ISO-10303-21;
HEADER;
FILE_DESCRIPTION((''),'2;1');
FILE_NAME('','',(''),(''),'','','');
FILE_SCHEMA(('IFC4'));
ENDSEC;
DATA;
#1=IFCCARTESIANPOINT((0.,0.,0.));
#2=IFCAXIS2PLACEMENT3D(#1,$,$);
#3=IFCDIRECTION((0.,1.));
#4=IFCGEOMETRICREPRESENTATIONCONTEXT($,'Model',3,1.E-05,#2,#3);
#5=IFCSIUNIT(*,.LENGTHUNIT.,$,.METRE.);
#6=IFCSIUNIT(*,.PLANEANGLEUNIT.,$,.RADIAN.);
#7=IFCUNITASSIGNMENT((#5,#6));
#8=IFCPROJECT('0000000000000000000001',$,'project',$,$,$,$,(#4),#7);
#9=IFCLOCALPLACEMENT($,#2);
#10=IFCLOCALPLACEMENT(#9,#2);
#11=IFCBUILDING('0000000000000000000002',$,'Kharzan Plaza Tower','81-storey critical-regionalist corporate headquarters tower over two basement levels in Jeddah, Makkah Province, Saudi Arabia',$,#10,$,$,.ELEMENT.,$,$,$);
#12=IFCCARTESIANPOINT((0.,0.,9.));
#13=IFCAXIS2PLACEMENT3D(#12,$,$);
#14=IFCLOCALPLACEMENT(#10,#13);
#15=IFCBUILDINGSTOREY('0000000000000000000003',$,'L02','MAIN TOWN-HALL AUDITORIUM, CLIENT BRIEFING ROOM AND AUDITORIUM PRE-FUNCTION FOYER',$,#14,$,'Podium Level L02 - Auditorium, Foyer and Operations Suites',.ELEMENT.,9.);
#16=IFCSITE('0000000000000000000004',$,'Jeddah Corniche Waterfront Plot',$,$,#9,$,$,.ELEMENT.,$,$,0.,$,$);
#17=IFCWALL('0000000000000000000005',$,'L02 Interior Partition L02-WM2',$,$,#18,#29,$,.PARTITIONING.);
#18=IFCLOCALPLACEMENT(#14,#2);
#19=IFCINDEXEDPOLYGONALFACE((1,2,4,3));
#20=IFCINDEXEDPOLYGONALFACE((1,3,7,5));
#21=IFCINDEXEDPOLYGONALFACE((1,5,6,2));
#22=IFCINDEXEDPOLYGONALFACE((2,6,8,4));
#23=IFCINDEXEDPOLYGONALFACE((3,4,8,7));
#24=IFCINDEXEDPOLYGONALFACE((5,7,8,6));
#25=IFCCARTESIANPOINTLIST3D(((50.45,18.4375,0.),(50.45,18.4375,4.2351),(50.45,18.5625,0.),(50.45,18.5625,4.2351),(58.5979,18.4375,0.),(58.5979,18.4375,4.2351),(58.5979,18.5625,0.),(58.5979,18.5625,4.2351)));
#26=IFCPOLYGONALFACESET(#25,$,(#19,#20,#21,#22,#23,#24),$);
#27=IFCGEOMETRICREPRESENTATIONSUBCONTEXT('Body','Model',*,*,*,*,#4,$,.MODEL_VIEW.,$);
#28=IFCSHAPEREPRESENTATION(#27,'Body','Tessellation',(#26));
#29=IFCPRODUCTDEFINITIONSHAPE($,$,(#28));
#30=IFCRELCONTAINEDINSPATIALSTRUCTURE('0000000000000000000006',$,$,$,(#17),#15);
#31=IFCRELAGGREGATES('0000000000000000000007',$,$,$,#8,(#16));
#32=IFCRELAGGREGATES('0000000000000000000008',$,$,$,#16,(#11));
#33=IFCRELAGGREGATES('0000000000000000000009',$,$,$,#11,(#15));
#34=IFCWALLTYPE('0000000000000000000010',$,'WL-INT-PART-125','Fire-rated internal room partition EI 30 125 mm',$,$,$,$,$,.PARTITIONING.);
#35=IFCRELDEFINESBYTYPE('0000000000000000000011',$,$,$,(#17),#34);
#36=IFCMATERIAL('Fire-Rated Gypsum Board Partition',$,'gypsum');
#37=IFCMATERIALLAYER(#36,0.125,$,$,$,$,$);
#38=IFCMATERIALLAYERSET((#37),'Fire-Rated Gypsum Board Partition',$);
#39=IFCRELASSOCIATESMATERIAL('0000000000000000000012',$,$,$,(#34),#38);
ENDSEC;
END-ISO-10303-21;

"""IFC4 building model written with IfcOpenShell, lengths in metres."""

from ifc_helpers import new_model, si_unit, direction, frame, frame_2d, origin, place, context, subcontext, project, spatial, rectangle, extrude, source, transform, mapped, material, layer, layer_set, type_object, element, save


model = new_model("IFC4")

# Units and contexts
model_context = context("Model", 3, precision=1e-05, world=origin(), true_north=direction((0.0, 1.0)))
body_context = subcontext(model_context, "Body", "Model", "MODEL_VIEW")
ifc_project = project(units=[si_unit("LENGTHUNIT", "METRE"), si_unit("PLANEANGLEUNIT", "RADIAN")], contexts=[model_context])

# Site, building, storey
site_placement = place(None, origin())
site = spatial("IfcSite", under=ifc_project, at=site_placement, Name="Jeddah Corniche Waterfront Plot", CompositionType="ELEMENT", RefElevation=0.0)
building_placement = place(site_placement, origin())
building = spatial("IfcBuilding", under=site, at=building_placement, Name="Kharzan Plaza Tower", Description="81-storey critical-regionalist corporate headquarters tower over two basement levels in Jeddah, Makkah Province, Saudi Arabia", CompositionType="ELEMENT")
storey_placement = place(building_placement, frame((0.0, 0.0, 9.0)))
storey = spatial("IfcBuildingStorey", under=building, at=storey_placement, Name="L02", Description="MAIN TOWN-HALL AUDITORIUM, CLIENT BRIEFING ROOM AND AUDITORIUM PRE-FUNCTION FOYER", LongName="Podium Level L02 - Auditorium, Foyer and Operations Suites", CompositionType="ELEMENT", Elevation=9.0)

# Shared definitions
ifc_material_1 = material(Name="Fire-Rated Gypsum Board Partition", Category="gypsum")
ifc_layer_1 = layer(ifc_material_1, 0.125)
ifc_layer_set_1 = layer_set([ifc_layer_1], Name="Fire-Rated Gypsum Board Partition")
wall_type_1 = type_object("IfcWallType", Name="WL-INT-PART-125", Description="Fire-rated internal room partition EI 30 125 mm", PredefinedType="PARTITIONING", material=ifc_layer_set_1)

# Wall
shared_shape_1 = source(origin(), body_context, "Body", "SweptSolid", [
    extrude(rectangle(XDim=8.1479, YDim=0.125, at=frame_2d((4.074, 0.0))), origin(), (0.0, 0.0, 1.0), 4.2351),
])
wall_1_placement = place(storey_placement, frame((50.45, 18.5, 0.0), z_axis=(0.0, 0.0, 1.0), x_axis=(1.0, 0.0, 0.0)))
element("IfcWall", 1, at=wall_1_placement, inside=storey, type_object=wall_type_1, Name="L02 Interior Partition L02-WM2", PredefinedType="PARTITIONING", context=body_context, shape_type="MappedRepresentation", body=[
    mapped(shared_shape_1, transform((0.0, 0.0, 0.0), x_axis=(1.0, 0.0, 0.0), y_axis=(0.0, 1.0, 0.0), z_axis=(0.0, 0.0, 1.0))),
])

save(model, "model.ifc")
